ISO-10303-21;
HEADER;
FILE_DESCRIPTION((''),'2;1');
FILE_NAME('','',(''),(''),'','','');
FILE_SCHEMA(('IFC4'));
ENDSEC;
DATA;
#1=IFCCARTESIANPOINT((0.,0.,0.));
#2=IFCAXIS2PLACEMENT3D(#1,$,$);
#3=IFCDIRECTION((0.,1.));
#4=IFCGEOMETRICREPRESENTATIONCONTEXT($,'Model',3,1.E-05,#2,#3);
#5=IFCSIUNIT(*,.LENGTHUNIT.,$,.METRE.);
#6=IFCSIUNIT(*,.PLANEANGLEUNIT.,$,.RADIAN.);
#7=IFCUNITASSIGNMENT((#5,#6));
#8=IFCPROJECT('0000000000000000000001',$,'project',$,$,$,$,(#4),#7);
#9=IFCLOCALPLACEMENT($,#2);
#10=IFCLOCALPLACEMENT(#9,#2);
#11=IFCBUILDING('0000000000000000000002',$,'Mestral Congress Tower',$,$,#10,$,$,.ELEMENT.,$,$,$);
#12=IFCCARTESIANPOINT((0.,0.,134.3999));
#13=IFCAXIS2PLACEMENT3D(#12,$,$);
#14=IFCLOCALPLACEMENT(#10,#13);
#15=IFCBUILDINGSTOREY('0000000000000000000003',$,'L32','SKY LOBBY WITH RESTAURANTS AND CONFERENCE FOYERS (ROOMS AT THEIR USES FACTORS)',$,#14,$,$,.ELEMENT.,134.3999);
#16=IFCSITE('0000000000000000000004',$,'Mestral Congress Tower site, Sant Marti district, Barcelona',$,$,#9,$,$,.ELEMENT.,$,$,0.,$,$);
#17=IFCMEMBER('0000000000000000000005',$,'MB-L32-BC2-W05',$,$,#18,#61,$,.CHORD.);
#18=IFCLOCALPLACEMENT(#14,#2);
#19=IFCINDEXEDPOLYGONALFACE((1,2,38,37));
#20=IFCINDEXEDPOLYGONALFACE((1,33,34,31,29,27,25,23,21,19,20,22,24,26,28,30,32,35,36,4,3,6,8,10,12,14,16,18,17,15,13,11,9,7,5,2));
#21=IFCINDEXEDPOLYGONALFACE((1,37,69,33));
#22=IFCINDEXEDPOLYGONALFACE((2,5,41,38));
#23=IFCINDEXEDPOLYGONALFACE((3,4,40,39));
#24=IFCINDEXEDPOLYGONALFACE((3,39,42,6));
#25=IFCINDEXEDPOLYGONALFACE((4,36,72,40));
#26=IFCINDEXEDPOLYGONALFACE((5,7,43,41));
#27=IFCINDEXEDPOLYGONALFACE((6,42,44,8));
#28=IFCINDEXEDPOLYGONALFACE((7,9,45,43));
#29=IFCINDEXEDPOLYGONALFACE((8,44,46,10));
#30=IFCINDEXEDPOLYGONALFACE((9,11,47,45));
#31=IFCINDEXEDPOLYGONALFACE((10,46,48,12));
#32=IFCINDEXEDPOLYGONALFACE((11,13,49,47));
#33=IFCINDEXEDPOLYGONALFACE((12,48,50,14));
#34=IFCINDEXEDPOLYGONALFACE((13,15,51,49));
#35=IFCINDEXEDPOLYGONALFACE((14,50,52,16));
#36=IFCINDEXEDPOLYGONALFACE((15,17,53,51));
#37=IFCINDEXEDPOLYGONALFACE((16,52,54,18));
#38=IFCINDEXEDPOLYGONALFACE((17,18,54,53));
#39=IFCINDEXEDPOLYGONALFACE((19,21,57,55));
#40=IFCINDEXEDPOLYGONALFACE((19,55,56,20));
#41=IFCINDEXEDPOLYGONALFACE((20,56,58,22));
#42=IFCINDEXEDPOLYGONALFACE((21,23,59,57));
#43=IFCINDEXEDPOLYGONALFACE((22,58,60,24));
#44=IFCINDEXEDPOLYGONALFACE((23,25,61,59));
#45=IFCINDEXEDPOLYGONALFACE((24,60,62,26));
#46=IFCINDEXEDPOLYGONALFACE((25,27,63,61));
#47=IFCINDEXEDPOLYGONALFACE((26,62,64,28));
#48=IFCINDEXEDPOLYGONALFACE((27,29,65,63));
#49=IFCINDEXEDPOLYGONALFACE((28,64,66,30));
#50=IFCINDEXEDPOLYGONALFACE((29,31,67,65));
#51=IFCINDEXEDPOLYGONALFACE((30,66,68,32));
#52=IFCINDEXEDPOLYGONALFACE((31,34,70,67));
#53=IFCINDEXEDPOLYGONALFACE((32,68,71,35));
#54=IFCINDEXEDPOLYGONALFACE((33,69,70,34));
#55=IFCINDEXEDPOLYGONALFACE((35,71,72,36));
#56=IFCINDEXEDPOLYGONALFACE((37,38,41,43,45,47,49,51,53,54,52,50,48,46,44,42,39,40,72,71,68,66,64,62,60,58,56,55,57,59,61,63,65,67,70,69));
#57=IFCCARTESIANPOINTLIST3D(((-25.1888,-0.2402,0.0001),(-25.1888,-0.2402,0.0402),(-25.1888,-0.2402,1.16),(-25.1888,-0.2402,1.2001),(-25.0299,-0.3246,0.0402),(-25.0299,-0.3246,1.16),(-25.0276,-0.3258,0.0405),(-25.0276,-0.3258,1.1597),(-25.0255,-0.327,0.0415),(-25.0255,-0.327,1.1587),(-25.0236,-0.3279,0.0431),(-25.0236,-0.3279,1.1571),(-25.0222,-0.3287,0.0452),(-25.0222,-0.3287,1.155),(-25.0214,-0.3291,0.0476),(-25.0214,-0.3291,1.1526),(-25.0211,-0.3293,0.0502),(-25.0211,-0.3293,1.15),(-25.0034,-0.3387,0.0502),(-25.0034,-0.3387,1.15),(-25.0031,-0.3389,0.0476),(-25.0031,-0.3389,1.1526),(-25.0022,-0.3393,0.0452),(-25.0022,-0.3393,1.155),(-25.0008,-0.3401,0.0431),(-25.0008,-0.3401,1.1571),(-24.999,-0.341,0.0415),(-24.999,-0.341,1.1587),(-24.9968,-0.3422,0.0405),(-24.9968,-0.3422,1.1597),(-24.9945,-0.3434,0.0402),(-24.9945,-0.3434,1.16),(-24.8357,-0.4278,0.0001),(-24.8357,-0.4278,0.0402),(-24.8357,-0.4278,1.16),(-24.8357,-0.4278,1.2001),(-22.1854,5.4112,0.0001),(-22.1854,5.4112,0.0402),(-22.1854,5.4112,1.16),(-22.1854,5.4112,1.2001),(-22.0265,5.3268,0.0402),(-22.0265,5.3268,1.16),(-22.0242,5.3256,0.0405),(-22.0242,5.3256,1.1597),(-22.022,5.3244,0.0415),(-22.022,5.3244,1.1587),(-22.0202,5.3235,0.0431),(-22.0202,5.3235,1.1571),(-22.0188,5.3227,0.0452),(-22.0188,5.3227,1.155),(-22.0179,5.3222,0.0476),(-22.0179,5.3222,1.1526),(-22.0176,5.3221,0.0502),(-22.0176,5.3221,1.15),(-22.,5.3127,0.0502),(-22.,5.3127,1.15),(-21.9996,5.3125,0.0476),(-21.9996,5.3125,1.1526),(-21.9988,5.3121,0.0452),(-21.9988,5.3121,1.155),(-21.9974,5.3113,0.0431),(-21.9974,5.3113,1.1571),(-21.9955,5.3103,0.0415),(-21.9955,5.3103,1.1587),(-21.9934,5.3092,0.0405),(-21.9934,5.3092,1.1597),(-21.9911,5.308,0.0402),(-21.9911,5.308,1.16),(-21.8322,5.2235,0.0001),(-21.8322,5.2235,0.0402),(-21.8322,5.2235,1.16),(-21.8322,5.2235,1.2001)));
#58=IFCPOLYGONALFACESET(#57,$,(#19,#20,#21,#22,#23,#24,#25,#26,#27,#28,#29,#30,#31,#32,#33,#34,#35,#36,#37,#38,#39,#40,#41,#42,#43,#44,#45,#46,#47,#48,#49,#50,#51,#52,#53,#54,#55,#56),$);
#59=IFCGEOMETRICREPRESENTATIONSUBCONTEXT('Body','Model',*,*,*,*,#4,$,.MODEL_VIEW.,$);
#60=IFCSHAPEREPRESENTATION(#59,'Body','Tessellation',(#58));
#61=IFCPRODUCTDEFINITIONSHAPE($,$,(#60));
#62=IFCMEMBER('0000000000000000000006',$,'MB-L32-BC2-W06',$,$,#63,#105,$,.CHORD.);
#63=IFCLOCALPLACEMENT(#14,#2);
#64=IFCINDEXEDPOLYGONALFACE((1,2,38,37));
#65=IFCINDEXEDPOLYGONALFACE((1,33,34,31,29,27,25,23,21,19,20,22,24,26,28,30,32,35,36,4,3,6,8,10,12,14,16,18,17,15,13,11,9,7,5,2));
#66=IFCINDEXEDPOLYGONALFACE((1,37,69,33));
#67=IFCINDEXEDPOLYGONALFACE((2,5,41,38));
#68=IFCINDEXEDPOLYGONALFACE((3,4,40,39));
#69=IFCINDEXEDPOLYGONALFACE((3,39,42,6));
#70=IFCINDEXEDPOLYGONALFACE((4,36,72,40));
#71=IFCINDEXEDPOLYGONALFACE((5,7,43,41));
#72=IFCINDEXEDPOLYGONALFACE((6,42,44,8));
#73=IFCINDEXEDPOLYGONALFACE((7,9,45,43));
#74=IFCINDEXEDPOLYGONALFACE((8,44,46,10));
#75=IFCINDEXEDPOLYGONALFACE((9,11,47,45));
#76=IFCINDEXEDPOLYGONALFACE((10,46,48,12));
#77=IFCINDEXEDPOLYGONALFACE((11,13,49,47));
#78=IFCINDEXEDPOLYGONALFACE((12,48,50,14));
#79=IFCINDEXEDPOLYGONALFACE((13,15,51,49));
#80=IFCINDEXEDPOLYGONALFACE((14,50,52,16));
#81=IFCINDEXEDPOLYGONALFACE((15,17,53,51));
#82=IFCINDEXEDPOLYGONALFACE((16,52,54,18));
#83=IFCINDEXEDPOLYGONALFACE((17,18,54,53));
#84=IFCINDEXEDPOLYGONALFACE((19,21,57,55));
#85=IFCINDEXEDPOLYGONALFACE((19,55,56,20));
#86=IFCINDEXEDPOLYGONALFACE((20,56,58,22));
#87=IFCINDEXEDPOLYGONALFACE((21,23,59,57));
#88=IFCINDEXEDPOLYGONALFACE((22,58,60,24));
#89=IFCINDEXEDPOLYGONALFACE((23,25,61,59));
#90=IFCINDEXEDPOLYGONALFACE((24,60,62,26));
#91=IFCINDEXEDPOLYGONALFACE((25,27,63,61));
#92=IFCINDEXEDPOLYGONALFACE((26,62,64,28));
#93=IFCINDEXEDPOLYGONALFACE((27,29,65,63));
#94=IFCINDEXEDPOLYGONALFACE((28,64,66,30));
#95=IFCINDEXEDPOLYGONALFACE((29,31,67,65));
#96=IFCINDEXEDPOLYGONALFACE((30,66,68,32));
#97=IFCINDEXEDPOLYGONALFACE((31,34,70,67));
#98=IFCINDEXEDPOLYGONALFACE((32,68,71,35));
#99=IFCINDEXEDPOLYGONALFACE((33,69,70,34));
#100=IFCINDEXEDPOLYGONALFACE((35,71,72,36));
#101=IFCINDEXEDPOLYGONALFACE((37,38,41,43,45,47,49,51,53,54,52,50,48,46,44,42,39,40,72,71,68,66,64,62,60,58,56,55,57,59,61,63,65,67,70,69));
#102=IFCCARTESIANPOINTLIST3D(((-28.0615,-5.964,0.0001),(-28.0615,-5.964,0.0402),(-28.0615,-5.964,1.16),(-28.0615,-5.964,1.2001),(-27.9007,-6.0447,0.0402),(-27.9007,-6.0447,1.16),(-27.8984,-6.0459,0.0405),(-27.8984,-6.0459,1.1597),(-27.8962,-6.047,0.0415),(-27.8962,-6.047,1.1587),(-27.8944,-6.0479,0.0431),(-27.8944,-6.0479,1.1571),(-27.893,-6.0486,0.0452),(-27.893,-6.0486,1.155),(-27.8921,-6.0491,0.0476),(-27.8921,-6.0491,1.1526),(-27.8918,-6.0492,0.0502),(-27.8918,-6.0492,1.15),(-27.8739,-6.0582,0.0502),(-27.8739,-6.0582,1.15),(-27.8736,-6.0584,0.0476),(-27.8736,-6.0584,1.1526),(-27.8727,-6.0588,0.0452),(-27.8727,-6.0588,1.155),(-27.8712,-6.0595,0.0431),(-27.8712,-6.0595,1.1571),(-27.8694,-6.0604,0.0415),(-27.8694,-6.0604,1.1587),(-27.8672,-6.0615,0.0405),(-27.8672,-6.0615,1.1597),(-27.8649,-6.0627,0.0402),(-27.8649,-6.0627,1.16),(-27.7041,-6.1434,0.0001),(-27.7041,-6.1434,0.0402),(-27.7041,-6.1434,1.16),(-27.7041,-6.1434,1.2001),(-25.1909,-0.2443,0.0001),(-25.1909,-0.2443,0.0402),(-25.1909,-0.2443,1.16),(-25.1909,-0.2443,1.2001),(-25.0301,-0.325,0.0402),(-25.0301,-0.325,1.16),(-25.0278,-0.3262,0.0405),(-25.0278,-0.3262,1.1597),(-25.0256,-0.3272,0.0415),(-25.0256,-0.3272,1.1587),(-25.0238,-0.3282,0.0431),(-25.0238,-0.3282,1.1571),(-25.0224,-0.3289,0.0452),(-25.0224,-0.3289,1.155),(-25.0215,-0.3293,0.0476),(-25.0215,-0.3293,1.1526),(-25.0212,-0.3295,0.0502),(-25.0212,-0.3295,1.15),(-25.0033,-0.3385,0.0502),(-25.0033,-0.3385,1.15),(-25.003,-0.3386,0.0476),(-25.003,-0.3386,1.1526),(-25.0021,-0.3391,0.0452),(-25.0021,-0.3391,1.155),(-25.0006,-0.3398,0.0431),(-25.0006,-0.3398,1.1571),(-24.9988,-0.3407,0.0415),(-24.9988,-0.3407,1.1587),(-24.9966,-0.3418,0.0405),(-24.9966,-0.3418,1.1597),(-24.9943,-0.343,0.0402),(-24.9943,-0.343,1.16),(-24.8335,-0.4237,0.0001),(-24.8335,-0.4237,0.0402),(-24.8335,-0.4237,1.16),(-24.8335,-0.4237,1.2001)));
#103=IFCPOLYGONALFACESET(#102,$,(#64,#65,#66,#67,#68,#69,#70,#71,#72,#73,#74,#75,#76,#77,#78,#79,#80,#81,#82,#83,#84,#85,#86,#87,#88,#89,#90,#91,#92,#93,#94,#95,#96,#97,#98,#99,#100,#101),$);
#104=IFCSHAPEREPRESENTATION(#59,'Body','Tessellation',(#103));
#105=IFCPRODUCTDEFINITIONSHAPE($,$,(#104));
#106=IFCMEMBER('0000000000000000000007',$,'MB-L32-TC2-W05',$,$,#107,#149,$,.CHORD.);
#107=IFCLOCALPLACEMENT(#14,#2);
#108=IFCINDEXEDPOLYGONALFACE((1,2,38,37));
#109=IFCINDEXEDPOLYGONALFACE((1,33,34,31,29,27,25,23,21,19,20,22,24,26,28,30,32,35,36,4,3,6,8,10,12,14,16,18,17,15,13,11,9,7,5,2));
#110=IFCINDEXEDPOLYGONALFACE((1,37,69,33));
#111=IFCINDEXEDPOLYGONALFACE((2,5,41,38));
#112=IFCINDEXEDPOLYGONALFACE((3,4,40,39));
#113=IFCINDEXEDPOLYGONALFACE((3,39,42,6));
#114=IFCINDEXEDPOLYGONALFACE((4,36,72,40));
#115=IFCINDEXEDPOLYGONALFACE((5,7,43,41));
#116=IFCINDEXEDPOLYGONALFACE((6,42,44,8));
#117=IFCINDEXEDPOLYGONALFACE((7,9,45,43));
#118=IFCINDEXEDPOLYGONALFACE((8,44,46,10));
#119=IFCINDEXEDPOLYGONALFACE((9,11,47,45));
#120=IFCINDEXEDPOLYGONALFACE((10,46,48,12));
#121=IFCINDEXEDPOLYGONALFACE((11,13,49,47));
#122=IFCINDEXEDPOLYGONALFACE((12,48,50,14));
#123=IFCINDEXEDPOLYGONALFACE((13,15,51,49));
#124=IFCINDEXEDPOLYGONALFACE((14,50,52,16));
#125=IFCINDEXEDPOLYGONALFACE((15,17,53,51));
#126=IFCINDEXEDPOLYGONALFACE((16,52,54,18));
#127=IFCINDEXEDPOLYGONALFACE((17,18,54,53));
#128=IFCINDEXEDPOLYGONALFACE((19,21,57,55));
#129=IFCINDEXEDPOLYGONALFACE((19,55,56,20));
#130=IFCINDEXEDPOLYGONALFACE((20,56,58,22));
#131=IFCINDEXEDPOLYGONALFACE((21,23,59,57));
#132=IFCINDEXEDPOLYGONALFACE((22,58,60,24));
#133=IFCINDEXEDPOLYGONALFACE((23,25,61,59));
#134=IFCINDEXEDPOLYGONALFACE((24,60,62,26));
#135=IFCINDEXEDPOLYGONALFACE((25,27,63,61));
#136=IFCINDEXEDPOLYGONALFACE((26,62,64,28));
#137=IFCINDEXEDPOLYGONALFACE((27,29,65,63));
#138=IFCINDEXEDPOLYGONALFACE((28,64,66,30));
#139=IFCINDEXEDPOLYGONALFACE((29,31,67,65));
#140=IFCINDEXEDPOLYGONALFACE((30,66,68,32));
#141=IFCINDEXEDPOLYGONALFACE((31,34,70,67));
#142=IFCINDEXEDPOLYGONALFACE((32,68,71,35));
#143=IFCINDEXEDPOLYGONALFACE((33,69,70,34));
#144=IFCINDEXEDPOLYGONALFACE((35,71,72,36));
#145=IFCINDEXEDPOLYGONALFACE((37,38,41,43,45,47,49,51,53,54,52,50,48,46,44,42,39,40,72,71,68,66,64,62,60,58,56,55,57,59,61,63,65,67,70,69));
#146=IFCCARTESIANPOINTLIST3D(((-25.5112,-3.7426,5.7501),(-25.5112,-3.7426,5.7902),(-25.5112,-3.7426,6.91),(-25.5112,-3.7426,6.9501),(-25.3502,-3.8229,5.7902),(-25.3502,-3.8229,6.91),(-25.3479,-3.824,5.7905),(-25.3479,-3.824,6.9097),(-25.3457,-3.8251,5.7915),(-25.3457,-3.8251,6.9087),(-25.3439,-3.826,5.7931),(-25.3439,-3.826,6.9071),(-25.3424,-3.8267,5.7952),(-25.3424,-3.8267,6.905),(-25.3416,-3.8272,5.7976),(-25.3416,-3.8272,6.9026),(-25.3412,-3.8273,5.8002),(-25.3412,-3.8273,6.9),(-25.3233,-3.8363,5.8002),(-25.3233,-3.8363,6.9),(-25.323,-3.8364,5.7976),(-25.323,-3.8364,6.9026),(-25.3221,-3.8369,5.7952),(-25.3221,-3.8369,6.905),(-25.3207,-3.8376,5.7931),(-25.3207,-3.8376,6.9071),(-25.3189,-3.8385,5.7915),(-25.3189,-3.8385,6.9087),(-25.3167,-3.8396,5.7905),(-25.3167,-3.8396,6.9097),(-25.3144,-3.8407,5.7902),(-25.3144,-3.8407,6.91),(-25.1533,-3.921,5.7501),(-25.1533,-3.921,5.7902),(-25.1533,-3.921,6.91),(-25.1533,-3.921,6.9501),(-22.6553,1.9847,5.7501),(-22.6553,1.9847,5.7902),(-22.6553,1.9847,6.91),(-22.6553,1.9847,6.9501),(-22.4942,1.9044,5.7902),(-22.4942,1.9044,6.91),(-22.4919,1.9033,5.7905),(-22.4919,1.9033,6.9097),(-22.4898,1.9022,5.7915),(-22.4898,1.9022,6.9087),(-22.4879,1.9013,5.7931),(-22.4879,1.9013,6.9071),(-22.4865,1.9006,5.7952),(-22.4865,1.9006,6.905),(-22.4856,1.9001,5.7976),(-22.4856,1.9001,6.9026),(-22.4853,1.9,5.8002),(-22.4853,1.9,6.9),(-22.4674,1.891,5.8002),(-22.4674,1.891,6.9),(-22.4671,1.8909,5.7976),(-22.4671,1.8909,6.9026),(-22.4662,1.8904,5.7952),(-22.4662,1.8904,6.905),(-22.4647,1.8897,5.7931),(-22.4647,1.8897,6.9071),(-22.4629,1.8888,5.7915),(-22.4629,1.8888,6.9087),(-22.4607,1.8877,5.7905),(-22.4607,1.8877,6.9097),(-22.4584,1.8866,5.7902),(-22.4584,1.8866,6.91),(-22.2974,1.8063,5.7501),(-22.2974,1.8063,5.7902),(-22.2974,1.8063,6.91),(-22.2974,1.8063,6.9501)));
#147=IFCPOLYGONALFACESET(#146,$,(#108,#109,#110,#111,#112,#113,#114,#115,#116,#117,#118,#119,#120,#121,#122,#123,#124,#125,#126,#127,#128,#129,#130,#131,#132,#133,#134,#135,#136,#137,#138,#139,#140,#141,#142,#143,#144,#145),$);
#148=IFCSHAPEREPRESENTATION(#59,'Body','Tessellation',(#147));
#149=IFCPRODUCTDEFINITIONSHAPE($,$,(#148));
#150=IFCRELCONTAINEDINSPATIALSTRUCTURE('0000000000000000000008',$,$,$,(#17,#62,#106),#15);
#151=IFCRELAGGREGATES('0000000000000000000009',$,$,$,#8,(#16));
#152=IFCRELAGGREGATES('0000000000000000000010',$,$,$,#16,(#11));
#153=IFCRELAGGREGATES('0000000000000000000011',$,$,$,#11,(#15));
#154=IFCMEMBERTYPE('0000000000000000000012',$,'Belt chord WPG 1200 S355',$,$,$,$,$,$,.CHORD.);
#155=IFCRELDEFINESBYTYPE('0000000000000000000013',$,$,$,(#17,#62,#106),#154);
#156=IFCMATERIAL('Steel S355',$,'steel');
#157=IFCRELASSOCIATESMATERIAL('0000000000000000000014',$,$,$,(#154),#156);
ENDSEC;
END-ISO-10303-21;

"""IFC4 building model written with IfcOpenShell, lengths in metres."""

from ifc_helpers import new_model, si_unit, direction, frame, origin, origin_2d, place, context, subcontext, project, spatial, i_section, extrude, material, material_profile, profile_set, type_object, element, save


model = new_model("IFC4")

# Units and contexts
model_context = context("Model", 3, precision=1e-05, world=origin(), true_north=direction((0.0, 1.0)))
body_context = subcontext(model_context, "Body", "Model", "MODEL_VIEW")
ifc_project = project(units=[si_unit("LENGTHUNIT", "METRE"), si_unit("PLANEANGLEUNIT", "RADIAN")], contexts=[model_context])

# Site, building, storey
site_placement = place(None, origin())
site = spatial("IfcSite", under=ifc_project, at=site_placement, Name="Mestral Congress Tower site, Sant Marti district, Barcelona", CompositionType="ELEMENT", RefElevation=0.0)
building_placement = place(site_placement, origin())
building = spatial("IfcBuilding", under=site, at=building_placement, Name="Mestral Congress Tower", CompositionType="ELEMENT")
storey_placement = place(building_placement, frame((0.0, 0.0, 134.3999)))
storey = spatial("IfcBuildingStorey", under=building, at=storey_placement, Name="L32", Description="SKY LOBBY WITH RESTAURANTS AND CONFERENCE FOYERS (ROOMS AT THEIR USES FACTORS)", CompositionType="ELEMENT", Elevation=134.3999)

# Members
ifc_material_1 = material(Name="Steel S355", Category="steel")
ifc_material_profile_1 = material_profile(ifc_material_1, i_section(OverallWidth=0.3999, OverallDepth=1.2, WebThickness=0.02, FlangeThickness=0.04, FilletRadius=0.01, at=origin_2d()), Name="WPG 1200")
ifc_profile_set_1 = profile_set([ifc_material_profile_1], Name="Steel S355")
member_type_1 = type_object("IfcMemberType", Name="Belt chord WPG 1200 S355", PredefinedType="CHORD", material=ifc_profile_set_1)
member_1_placement = place(storey_placement, frame((-22.0088, 5.3174, 0.6001), z_axis=(-0.469293, -0.883043, 0.0), x_axis=(0.883043, -0.469293, 0.0)))
element("IfcMember", 1, at=member_1_placement, inside=storey, type_object=member_type_1, Name="MB-L32-BC2-W05", PredefinedType="CHORD", context=body_context, shape_type="SweptSolid", body=[
    extrude(i_section(OverallWidth=0.3999, OverallDepth=1.2, WebThickness=0.02, FlangeThickness=0.04, FilletRadius=0.01, at=origin_2d()), origin(), (0.0, 0.0, 1.0), 6.3999),
])
member_2_placement = place(storey_placement, frame((-25.0122, -0.334, 0.6001), z_axis=(-0.448556, -0.893755, 0.0), x_axis=(0.893755, -0.448556, 0.0)))
element("IfcMember", 2, at=member_2_placement, inside=storey, type_object=member_type_1, Name="MB-L32-BC2-W06", PredefinedType="CHORD", context=body_context, shape_type="SweptSolid", body=[
    extrude(i_section(OverallWidth=0.3999, OverallDepth=1.2, WebThickness=0.02, FlangeThickness=0.04, FilletRadius=0.01, at=origin_2d()), origin(), (0.0, 0.0, 1.0), 6.3997),
])
member_3_placement = place(storey_placement, frame((-22.4763, 1.8955, 6.3501), z_axis=(-0.446252, -0.894907, 0.0), x_axis=(0.894907, -0.446252, 0.0)))
element("IfcMember", 3, at=member_3_placement, inside=storey, type_object=member_type_1, Name="MB-L32-TC2-W05", PredefinedType="CHORD", context=body_context, shape_type="SweptSolid", body=[
    extrude(i_section(OverallWidth=0.3999, OverallDepth=1.2, WebThickness=0.02, FlangeThickness=0.04, FilletRadius=0.01, at=origin_2d()), origin(), (0.0, 0.0, 1.0), 6.3999),
])

save(model, "model.ifc")
